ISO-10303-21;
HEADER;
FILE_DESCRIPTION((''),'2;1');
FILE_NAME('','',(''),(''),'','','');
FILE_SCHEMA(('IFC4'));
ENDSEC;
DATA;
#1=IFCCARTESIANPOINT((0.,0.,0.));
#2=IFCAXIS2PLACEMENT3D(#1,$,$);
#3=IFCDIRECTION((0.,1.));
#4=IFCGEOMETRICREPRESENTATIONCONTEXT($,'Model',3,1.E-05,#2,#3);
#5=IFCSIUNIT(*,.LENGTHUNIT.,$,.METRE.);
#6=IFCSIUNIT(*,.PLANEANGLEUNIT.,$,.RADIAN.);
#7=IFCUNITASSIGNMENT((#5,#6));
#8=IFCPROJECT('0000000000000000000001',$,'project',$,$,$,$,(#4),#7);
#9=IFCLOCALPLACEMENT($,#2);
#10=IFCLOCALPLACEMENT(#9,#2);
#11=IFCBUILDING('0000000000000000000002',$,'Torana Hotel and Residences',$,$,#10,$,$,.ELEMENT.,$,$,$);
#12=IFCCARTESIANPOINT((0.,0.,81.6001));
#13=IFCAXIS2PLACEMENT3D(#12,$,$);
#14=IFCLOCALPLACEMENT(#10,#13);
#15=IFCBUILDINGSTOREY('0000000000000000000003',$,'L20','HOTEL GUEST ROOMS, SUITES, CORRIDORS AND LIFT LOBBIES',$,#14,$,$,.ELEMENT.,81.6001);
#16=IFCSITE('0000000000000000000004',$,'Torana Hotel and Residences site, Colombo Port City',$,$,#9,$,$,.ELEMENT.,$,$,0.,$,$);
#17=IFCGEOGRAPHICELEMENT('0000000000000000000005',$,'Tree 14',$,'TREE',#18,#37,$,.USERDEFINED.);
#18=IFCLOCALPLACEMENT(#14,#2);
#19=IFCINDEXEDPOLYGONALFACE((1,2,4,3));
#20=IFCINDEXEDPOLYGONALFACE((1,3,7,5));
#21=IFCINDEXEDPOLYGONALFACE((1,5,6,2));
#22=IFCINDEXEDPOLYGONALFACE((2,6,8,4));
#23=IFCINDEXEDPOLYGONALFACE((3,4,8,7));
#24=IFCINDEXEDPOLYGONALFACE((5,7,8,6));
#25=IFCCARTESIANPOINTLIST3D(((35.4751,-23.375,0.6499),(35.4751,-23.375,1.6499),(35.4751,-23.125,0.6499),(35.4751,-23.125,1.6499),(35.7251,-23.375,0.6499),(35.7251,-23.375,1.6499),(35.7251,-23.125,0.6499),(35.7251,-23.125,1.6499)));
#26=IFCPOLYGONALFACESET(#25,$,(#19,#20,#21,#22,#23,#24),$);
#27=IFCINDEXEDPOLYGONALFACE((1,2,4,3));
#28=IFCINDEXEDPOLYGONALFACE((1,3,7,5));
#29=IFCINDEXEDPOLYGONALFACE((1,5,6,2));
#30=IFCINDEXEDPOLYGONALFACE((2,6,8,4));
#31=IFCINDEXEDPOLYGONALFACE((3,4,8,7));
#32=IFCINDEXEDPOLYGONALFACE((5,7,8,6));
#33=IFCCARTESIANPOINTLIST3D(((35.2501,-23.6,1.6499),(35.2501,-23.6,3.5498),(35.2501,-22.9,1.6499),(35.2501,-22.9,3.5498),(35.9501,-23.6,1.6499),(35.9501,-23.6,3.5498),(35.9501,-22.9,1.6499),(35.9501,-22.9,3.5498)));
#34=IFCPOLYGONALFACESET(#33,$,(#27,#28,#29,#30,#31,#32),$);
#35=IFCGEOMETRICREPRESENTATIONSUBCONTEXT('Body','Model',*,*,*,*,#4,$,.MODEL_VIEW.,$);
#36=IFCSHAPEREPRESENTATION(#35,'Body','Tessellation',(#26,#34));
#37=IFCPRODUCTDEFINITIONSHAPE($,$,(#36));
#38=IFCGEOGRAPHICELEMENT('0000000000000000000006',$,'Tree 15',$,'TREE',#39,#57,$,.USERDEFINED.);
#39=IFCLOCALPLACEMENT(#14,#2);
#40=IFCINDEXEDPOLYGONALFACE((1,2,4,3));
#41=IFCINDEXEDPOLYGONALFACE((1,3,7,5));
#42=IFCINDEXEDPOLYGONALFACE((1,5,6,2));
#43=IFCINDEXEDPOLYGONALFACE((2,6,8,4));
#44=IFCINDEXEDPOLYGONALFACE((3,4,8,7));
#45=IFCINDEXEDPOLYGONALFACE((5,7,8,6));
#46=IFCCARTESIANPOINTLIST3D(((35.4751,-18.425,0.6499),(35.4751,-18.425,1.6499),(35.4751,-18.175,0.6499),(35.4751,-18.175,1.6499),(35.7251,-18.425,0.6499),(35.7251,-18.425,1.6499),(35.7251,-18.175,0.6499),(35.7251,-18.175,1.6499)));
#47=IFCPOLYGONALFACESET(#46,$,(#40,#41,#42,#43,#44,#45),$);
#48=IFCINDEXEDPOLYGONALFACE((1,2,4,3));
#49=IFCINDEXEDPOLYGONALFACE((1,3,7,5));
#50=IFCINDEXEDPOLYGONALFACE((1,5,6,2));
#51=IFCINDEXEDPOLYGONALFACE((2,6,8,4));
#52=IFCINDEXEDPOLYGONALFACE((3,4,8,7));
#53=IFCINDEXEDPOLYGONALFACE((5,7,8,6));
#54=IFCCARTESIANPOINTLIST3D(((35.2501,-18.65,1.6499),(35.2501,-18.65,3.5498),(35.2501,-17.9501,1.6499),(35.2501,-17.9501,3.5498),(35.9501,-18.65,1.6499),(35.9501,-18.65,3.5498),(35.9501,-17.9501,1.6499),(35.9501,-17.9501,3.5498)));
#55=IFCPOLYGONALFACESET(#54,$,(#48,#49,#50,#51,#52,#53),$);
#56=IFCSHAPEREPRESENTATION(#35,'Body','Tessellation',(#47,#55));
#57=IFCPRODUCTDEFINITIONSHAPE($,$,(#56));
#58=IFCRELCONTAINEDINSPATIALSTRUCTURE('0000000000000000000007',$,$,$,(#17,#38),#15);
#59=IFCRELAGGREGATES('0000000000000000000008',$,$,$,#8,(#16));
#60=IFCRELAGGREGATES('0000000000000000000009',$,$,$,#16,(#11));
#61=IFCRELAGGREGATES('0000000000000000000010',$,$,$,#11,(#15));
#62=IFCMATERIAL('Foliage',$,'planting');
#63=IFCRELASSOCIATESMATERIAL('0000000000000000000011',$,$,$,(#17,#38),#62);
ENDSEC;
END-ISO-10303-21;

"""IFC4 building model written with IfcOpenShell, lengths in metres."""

from ifc_helpers import new_model, si_unit, direction, frame, origin, origin_2d, place, context, subcontext, project, spatial, rectangle, extrude, material, element, save


model = new_model("IFC4")

# Units and contexts
model_context = context("Model", 3, precision=1e-05, world=origin(), true_north=direction((0.0, 1.0)))
body_context = subcontext(model_context, "Body", "Model", "MODEL_VIEW")
ifc_project = project(units=[si_unit("LENGTHUNIT", "METRE"), si_unit("PLANEANGLEUNIT", "RADIAN")], contexts=[model_context])

# Site, building, storey
site_placement = place(None, origin())
site = spatial("IfcSite", under=ifc_project, at=site_placement, Name="Torana Hotel and Residences site, Colombo Port City", CompositionType="ELEMENT", RefElevation=0.0)
building_placement = place(site_placement, origin())
building = spatial("IfcBuilding", under=site, at=building_placement, Name="Torana Hotel and Residences", CompositionType="ELEMENT")
storey_placement = place(building_placement, frame((0.0, 0.0, 81.6001)))
storey = spatial("IfcBuildingStorey", under=building, at=storey_placement, Name="L20", Description="HOTEL GUEST ROOMS, SUITES, CORRIDORS AND LIFT LOBBIES", CompositionType="ELEMENT", Elevation=81.6001)

# Geographic elements
ifc_material_1 = material(Name="Foliage", Category="planting")
for number, where, z_axis, x_axis, name in (
    (1, (35.6001, -23.25, 0.6499), (0.0, 0.0, 1.0), (1.0, 0.0, 0.0), "Tree 14"),
    (2, (35.6001, -18.3, 0.6499), (0.0, 0.0, 1.0), (1.0, 0.0, 0.0), "Tree 15"),
):
    element("IfcGeographicElement", number, at=place(storey_placement, frame(where, z_axis=z_axis, x_axis=x_axis)), inside=storey, material=ifc_material_1, Name=name, ObjectType="TREE", PredefinedType="USERDEFINED", context=body_context, shape_type="SweptSolid", body=[
        extrude(rectangle(XDim=0.25, YDim=0.25, at=origin_2d()), origin(), (0.0, 0.0, 1.0), 1.0),
        extrude(rectangle(XDim=0.7, YDim=0.7, at=origin_2d()), frame((0.0, 0.0, 1.0)), (0.0, 0.0, 1.0), 1.8999),
    ])

save(model, "model.ifc")
